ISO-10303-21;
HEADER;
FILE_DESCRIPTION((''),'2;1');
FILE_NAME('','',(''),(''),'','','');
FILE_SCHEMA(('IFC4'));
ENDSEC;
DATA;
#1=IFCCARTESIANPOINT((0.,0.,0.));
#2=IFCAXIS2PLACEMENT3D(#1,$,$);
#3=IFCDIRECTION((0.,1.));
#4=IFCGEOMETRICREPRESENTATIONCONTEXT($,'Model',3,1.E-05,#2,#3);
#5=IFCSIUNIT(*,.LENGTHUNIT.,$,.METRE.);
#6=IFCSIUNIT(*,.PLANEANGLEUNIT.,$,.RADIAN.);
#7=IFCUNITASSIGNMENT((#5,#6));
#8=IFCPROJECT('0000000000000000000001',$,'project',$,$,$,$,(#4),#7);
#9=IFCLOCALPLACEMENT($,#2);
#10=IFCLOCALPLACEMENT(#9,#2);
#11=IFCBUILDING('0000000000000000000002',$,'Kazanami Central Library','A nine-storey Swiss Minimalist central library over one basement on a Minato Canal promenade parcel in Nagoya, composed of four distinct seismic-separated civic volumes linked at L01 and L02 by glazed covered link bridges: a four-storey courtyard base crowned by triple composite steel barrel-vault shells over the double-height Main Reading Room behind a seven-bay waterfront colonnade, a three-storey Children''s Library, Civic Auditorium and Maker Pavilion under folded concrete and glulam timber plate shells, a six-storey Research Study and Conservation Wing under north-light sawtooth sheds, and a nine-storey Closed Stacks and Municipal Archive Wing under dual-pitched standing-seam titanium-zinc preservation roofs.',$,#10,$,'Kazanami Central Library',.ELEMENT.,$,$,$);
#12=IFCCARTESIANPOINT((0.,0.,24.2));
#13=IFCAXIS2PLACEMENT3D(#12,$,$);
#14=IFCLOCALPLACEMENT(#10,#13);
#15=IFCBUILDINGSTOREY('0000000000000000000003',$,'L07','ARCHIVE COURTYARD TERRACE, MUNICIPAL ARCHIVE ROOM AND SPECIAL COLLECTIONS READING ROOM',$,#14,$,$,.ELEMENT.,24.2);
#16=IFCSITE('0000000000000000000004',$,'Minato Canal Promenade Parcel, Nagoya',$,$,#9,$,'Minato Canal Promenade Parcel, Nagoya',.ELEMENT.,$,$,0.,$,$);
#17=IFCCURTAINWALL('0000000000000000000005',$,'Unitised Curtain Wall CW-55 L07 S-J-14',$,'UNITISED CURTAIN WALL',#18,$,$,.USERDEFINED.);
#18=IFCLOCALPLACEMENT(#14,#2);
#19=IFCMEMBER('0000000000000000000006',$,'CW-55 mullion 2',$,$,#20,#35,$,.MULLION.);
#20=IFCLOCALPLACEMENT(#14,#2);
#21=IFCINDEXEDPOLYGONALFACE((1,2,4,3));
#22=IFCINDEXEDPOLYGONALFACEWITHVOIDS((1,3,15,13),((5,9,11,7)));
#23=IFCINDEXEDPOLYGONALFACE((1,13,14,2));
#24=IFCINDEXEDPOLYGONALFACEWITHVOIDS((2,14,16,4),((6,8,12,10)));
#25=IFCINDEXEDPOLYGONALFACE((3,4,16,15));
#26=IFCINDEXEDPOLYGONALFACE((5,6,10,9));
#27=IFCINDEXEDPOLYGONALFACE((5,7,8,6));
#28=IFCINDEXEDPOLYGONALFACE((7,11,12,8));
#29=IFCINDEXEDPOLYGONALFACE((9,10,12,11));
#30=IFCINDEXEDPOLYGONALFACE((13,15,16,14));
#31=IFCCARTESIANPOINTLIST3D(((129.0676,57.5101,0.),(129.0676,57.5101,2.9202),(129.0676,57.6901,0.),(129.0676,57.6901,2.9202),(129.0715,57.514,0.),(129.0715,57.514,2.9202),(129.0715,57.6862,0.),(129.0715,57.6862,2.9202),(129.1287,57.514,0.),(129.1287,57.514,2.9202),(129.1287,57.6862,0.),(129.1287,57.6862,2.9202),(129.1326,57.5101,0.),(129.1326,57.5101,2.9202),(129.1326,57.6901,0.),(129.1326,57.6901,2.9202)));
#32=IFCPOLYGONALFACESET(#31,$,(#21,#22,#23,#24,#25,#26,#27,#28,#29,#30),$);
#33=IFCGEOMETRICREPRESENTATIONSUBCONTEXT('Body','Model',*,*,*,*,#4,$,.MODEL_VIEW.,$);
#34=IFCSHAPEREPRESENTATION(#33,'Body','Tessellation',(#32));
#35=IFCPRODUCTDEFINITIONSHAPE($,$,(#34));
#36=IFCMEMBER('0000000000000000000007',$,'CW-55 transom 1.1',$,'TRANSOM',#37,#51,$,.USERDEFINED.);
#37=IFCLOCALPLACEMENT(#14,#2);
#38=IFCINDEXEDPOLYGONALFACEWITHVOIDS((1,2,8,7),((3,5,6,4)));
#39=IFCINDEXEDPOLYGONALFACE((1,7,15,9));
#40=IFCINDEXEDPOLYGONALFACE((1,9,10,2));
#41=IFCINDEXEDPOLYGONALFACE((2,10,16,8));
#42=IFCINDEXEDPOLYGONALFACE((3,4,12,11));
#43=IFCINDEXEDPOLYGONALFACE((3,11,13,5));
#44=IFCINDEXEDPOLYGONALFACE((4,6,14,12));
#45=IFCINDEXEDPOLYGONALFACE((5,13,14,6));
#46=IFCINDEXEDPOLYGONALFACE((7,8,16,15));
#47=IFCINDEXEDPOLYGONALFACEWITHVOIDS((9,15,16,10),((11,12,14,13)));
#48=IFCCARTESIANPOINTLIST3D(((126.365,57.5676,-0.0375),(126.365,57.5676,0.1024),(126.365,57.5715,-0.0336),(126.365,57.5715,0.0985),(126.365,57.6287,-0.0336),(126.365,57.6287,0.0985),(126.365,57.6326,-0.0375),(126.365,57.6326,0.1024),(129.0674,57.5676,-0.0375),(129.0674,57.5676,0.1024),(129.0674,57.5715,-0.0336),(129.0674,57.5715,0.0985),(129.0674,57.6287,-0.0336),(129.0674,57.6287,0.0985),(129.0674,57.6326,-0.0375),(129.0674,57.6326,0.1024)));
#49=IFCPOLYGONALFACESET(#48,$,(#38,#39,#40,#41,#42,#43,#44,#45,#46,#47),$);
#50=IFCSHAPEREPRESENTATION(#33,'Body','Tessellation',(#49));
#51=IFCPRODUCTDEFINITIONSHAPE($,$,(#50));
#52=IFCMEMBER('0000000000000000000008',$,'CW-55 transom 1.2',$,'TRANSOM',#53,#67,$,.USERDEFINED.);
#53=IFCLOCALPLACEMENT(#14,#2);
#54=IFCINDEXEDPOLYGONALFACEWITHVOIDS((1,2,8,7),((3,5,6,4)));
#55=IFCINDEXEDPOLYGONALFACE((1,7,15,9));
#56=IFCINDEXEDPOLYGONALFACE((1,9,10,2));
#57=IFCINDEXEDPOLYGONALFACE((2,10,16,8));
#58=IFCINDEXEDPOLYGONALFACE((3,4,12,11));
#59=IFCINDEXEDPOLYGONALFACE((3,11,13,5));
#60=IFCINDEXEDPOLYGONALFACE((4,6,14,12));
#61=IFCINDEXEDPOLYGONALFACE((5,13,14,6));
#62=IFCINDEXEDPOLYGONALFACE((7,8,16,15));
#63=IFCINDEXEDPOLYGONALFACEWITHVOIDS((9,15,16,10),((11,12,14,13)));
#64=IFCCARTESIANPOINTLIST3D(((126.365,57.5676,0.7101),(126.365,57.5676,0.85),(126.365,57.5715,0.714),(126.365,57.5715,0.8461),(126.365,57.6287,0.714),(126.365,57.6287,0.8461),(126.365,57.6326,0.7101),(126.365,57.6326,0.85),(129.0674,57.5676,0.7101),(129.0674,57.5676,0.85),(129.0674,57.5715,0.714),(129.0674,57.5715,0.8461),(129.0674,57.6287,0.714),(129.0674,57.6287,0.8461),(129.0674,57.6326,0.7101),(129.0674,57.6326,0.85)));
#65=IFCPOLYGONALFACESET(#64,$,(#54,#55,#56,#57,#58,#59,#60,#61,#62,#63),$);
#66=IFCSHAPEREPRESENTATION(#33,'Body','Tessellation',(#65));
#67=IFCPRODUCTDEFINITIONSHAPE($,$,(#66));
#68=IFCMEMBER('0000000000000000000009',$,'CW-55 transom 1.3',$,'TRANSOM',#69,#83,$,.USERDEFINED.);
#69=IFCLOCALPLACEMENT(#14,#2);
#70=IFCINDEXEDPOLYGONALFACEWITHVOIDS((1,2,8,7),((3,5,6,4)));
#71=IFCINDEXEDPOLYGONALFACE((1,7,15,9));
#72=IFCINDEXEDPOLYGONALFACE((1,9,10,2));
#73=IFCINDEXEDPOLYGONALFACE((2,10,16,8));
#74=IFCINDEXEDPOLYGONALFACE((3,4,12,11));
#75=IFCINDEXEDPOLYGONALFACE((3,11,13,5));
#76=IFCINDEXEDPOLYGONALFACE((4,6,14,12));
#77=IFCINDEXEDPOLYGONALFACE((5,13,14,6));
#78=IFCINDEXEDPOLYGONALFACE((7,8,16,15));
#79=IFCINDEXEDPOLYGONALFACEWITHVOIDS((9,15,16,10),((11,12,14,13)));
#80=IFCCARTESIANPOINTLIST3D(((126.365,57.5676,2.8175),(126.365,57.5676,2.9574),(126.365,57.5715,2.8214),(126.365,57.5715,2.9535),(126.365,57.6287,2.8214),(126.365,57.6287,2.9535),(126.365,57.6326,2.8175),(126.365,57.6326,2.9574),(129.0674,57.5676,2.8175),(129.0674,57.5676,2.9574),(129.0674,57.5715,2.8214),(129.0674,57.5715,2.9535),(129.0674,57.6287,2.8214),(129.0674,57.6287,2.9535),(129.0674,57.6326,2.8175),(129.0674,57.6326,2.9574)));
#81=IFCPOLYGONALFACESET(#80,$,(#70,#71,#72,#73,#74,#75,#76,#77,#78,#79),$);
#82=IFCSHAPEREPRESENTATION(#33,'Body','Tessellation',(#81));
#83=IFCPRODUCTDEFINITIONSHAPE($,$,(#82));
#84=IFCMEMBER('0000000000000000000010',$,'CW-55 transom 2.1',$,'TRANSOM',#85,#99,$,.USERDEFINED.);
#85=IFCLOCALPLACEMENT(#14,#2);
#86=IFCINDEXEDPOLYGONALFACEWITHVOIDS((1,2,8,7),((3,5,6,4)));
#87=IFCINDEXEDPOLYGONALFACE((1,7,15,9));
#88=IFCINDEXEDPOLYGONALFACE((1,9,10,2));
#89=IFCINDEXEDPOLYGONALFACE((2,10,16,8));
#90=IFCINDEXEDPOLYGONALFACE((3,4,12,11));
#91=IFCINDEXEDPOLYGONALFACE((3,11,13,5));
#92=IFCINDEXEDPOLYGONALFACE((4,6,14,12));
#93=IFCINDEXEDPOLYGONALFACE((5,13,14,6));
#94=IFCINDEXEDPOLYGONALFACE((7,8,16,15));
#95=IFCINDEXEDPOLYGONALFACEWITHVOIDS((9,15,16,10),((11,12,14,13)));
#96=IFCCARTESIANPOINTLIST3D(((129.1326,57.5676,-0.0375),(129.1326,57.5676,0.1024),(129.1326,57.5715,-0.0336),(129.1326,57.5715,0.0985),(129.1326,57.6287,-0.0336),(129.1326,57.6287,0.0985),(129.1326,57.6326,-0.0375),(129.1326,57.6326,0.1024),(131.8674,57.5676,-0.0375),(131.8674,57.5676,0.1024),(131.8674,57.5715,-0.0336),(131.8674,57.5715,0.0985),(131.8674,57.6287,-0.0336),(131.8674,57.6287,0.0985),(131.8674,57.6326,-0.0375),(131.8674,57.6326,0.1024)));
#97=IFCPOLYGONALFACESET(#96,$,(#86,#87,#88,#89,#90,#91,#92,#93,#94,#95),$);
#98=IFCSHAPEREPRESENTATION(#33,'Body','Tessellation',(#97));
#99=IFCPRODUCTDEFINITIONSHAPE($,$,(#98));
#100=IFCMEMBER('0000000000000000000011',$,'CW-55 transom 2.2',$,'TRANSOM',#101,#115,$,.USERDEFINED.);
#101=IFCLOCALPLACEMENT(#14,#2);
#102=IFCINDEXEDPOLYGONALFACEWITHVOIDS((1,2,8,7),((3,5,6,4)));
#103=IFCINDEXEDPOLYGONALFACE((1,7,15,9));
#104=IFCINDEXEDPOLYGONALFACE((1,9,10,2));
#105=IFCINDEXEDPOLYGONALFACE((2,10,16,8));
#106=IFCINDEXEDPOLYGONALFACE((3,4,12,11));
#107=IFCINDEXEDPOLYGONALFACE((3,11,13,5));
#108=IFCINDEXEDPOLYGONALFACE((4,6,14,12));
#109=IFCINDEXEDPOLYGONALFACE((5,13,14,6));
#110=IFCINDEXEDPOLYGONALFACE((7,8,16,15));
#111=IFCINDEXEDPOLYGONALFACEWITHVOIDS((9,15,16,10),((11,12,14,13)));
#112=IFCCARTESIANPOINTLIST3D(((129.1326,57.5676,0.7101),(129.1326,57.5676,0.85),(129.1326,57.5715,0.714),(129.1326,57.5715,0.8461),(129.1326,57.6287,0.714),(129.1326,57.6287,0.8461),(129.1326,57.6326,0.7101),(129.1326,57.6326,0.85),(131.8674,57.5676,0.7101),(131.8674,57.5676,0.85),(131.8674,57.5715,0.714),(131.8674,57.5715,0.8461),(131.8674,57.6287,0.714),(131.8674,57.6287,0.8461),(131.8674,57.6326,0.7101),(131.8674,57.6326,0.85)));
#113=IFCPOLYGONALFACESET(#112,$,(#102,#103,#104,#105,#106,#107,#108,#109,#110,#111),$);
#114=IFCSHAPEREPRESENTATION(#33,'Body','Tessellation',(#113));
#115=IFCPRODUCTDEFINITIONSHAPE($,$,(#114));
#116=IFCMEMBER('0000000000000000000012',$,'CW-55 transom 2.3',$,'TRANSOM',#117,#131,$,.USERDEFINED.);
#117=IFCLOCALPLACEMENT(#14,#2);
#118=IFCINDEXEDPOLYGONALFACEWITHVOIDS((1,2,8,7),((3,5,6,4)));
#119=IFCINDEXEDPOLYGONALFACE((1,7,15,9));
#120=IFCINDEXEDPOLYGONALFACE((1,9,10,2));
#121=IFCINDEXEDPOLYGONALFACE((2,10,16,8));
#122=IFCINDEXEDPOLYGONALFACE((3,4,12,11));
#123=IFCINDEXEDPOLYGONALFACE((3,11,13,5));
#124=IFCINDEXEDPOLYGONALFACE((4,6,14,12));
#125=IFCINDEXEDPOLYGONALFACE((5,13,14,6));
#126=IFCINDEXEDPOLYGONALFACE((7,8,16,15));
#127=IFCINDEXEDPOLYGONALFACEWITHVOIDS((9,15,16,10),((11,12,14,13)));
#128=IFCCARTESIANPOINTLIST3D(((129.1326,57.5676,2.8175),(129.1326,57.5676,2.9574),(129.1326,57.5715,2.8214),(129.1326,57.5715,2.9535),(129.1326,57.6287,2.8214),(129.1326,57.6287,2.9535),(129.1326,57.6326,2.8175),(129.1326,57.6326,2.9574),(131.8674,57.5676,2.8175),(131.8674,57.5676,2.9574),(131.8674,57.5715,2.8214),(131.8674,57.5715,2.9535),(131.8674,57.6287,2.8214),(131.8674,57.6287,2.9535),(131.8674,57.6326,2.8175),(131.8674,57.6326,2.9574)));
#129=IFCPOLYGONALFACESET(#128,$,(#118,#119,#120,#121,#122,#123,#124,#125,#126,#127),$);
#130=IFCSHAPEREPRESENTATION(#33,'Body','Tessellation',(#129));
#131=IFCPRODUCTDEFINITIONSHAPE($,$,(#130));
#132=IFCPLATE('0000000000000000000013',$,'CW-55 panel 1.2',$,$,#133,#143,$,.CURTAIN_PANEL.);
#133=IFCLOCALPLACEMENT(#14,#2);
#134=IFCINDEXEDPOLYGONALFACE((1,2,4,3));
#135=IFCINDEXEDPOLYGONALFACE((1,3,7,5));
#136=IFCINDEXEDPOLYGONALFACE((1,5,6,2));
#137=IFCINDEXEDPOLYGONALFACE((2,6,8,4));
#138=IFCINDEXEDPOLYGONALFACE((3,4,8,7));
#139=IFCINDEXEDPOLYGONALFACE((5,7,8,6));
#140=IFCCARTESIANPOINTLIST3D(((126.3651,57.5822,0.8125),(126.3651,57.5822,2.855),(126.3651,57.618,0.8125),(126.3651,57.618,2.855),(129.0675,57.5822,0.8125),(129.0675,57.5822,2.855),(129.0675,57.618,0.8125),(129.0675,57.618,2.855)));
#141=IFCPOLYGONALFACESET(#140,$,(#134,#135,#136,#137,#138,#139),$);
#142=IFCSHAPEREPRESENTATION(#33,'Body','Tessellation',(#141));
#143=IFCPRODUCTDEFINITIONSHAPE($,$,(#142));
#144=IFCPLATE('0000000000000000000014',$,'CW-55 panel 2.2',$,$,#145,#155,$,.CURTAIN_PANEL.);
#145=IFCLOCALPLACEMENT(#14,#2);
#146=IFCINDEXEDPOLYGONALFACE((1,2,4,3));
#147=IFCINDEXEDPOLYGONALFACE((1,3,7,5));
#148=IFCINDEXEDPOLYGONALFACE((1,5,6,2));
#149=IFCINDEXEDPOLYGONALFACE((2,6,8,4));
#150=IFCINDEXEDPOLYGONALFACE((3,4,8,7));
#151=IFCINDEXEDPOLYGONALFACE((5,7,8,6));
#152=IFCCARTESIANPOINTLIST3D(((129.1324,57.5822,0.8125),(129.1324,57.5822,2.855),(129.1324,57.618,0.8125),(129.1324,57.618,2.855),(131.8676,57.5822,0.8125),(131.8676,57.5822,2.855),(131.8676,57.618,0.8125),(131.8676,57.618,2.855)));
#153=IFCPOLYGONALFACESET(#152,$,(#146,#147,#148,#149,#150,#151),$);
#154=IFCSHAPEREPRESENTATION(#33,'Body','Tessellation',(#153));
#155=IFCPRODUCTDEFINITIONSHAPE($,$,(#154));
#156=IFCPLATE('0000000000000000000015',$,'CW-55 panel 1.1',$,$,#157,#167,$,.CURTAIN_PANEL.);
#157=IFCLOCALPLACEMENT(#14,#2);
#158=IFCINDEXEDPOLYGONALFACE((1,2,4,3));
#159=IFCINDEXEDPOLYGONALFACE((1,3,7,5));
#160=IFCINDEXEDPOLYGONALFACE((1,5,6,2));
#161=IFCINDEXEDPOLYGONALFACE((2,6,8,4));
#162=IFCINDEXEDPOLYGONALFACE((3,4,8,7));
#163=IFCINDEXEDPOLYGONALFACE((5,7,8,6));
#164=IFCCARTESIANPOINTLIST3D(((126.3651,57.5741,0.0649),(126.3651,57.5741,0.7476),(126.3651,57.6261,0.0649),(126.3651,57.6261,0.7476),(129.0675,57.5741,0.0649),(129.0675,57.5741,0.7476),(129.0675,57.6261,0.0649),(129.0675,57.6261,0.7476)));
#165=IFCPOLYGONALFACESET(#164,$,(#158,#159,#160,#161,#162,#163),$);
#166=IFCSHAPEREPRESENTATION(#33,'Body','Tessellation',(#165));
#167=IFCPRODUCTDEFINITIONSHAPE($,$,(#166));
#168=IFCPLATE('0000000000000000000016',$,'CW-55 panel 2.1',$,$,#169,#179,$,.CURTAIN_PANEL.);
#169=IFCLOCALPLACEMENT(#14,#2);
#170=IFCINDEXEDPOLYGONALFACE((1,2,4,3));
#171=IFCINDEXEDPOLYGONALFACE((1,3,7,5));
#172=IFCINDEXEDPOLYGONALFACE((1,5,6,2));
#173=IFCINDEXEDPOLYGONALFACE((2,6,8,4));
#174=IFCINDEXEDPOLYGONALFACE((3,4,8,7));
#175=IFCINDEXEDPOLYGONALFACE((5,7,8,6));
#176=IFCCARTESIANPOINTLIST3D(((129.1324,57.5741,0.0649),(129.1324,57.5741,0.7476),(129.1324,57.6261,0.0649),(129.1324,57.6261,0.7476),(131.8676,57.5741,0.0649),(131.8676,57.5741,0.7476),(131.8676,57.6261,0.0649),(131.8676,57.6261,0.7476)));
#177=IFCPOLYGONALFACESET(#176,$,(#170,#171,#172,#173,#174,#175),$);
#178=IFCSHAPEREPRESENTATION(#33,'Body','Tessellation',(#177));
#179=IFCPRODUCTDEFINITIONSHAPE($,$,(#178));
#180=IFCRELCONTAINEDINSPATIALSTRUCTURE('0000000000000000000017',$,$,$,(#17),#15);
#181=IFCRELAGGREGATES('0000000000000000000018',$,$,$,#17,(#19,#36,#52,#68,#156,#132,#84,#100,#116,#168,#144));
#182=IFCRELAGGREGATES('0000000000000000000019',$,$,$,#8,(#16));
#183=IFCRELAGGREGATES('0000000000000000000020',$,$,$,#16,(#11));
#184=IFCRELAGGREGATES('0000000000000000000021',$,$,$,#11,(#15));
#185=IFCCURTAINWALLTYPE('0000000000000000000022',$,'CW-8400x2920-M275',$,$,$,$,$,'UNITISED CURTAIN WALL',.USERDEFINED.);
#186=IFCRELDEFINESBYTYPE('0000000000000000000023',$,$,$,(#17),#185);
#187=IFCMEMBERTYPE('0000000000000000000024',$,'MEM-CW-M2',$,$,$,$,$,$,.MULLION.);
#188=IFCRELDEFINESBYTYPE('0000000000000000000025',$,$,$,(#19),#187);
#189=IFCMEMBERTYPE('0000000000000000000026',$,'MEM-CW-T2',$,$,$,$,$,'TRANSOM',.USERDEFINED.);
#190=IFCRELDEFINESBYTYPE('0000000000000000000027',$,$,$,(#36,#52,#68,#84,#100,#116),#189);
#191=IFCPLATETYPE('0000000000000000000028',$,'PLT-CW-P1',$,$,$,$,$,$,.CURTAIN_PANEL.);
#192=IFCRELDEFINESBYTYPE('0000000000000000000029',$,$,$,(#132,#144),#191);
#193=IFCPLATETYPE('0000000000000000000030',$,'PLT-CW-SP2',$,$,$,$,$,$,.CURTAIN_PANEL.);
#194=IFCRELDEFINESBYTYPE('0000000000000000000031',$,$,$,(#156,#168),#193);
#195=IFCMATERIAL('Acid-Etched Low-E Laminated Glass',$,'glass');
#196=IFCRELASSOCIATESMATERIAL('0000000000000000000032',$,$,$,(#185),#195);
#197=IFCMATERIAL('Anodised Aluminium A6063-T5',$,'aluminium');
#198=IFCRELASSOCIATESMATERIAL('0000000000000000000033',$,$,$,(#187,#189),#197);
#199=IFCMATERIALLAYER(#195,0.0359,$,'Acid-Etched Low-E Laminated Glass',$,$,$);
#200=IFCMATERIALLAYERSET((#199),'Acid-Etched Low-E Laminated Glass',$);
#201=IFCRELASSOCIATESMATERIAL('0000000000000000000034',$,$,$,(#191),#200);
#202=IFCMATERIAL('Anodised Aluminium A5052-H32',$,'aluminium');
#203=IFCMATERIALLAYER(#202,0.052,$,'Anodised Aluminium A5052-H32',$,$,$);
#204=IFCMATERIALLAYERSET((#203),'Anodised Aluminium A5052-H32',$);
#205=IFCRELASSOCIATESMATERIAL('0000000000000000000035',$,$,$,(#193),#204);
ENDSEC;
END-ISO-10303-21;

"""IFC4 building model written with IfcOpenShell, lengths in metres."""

from ifc_helpers import new_model, si_unit, direction, frame, origin, origin_2d, place, context, subcontext, project, spatial, rectangle, hollow_rectangle, extrude, material, layer, layer_set, material_profile, profile_set, type_object, element, aggregate, save


model = new_model("IFC4")

# Units and contexts
model_context = context("Model", 3, precision=1e-05, world=origin(), true_north=direction((0.0, 1.0)))
body_context = subcontext(model_context, "Body", "Model", "MODEL_VIEW")
ifc_project = project(units=[si_unit("LENGTHUNIT", "METRE"), si_unit("PLANEANGLEUNIT", "RADIAN")], contexts=[model_context])

# Site, building, storey
site_placement = place(None, origin())
site = spatial("IfcSite", under=ifc_project, at=site_placement, Name="Minato Canal Promenade Parcel, Nagoya", LongName="Minato Canal Promenade Parcel, Nagoya", CompositionType="ELEMENT", RefElevation=0.0)
building_placement = place(site_placement, origin())
building = spatial("IfcBuilding", under=site, at=building_placement, Name="Kazanami Central Library", Description="A nine-storey Swiss Minimalist central library over one basement on a Minato Canal promenade parcel in Nagoya, composed of four distinct seismic-separated civic volumes linked at L01 and L02 by glazed covered link bridges: a four-storey courtyard base crowned by triple composite steel barrel-vault shells over the double-height Main Reading Room behind a seven-bay waterfront colonnade, a three-storey Children's Library, Civic Auditorium and Maker Pavilion under folded concrete and glulam timber plate shells, a six-storey Research Study and Conservation Wing under north-light sawtooth sheds, and a nine-storey Closed Stacks and Municipal Archive Wing under dual-pitched standing-seam titanium-zinc preservation roofs.", LongName="Kazanami Central Library", CompositionType="ELEMENT")
storey_placement = place(building_placement, frame((0.0, 0.0, 24.2)))
storey = spatial("IfcBuildingStorey", under=building, at=storey_placement, Name="L07", Description="ARCHIVE COURTYARD TERRACE, MUNICIPAL ARCHIVE ROOM AND SPECIAL COLLECTIONS READING ROOM", CompositionType="ELEMENT", Elevation=24.2)

# Curtain wall, members, plates
ifc_material_1 = material(Name="Acid-Etched Low-E Laminated Glass", Category="glass")
curtain_wall_type = type_object("IfcCurtainWallType", Name="CW-8400x2920-M275", ElementType="UNITISED CURTAIN WALL", PredefinedType="USERDEFINED", material=ifc_material_1)
curtain_wall_placement = place(storey_placement, origin())
curtain_wall = element("IfcCurtainWall", 1, at=curtain_wall_placement, inside=storey, type_object=curtain_wall_type, Name="Unitised Curtain Wall CW-55 L07 S-J-14", ObjectType="UNITISED CURTAIN WALL", PredefinedType="USERDEFINED")
ifc_material_2 = material(Name="Anodised Aluminium A6063-T5", Category="aluminium")
ifc_material_profile_1 = material_profile(ifc_material_2, hollow_rectangle(XDim=0.0649, YDim=0.1799, WallThickness=0.0039, at=origin_2d()), Name="ALU-MULL-65x180x4")
ifc_profile_set_1 = profile_set([ifc_material_profile_1], Name="Anodised Aluminium A6063-T5")
member_type_1 = type_object("IfcMemberType", Name="MEM-CW-M2", PredefinedType="MULLION", material=ifc_profile_set_1)
member_1_placement = place(storey_placement, frame((129.1001, 57.6001, 0.0), z_axis=(0.0, 0.0, 1.0), x_axis=(1.0, 0.0, 0.0)))
member_1 = element("IfcMember", 2, at=member_1_placement, type_object=member_type_1, Name="CW-55 mullion 2", PredefinedType="MULLION", context=body_context, shape_type="SweptSolid", body=[
    extrude(hollow_rectangle(XDim=0.0649, YDim=0.1799, WallThickness=0.0039, at=origin_2d()), origin(), (0.0, 0.0, 1.0), 2.9202),
])
ifc_material_profile_2 = material_profile(ifc_material_2, hollow_rectangle(XDim=0.0649, YDim=0.1399, WallThickness=0.0039, at=origin_2d()), Name="ALU-TRAN-65x140x4")
ifc_profile_set_2 = profile_set([ifc_material_profile_2], Name="Anodised Aluminium A6063-T5")
member_type_2 = type_object("IfcMemberType", Name="MEM-CW-T2", ElementType="TRANSOM", PredefinedType="USERDEFINED", material=ifc_profile_set_2)
member_2_placement = place(storey_placement, frame((126.365, 57.6001, 0.0325), z_axis=(1.0, 0.0, 0.0), x_axis=(0.0, 1.0, 0.0)))
member_2 = element("IfcMember", 3, at=member_2_placement, type_object=member_type_2, Name="CW-55 transom 1.1", ObjectType="TRANSOM", PredefinedType="USERDEFINED", context=body_context, shape_type="SweptSolid", body=[
    extrude(hollow_rectangle(XDim=0.0649, YDim=0.1399, WallThickness=0.0039, at=origin_2d()), origin(), (0.0, 0.0, 1.0), 2.7024),
])
member_3_placement = place(storey_placement, frame((126.365, 57.6001, 0.78), z_axis=(1.0, 0.0, 0.0), x_axis=(0.0, 1.0, 0.0)))
member_3 = element("IfcMember", 4, at=member_3_placement, type_object=member_type_2, Name="CW-55 transom 1.2", ObjectType="TRANSOM", PredefinedType="USERDEFINED", context=body_context, shape_type="SweptSolid", body=[
    extrude(hollow_rectangle(XDim=0.0649, YDim=0.1399, WallThickness=0.0039, at=origin_2d()), origin(), (0.0, 0.0, 1.0), 2.7024),
])
member_4_placement = place(storey_placement, frame((126.365, 57.6001, 2.8875), z_axis=(1.0, 0.0, 0.0), x_axis=(0.0, 1.0, 0.0)))
member_4 = element("IfcMember", 5, at=member_4_placement, type_object=member_type_2, Name="CW-55 transom 1.3", ObjectType="TRANSOM", PredefinedType="USERDEFINED", context=body_context, shape_type="SweptSolid", body=[
    extrude(hollow_rectangle(XDim=0.0649, YDim=0.1399, WallThickness=0.0039, at=origin_2d()), origin(), (0.0, 0.0, 1.0), 2.7024),
])
member_5_placement = place(storey_placement, frame((129.1326, 57.6001, 0.0325), z_axis=(1.0, 0.0, 0.0), x_axis=(0.0, 1.0, 0.0)))
member_5 = element("IfcMember", 6, at=member_5_placement, type_object=member_type_2, Name="CW-55 transom 2.1", ObjectType="TRANSOM", PredefinedType="USERDEFINED", context=body_context, shape_type="SweptSolid", body=[
    extrude(hollow_rectangle(XDim=0.0649, YDim=0.1399, WallThickness=0.0039, at=origin_2d()), origin(), (0.0, 0.0, 1.0), 2.7349),
])
member_6_placement = place(storey_placement, frame((129.1326, 57.6001, 0.78), z_axis=(1.0, 0.0, 0.0), x_axis=(0.0, 1.0, 0.0)))
member_6 = element("IfcMember", 7, at=member_6_placement, type_object=member_type_2, Name="CW-55 transom 2.2", ObjectType="TRANSOM", PredefinedType="USERDEFINED", context=body_context, shape_type="SweptSolid", body=[
    extrude(hollow_rectangle(XDim=0.0649, YDim=0.1399, WallThickness=0.0039, at=origin_2d()), origin(), (0.0, 0.0, 1.0), 2.7349),
])
member_7_placement = place(storey_placement, frame((129.1326, 57.6001, 2.8875), z_axis=(1.0, 0.0, 0.0), x_axis=(0.0, 1.0, 0.0)))
member_7 = element("IfcMember", 8, at=member_7_placement, type_object=member_type_2, Name="CW-55 transom 2.3", ObjectType="TRANSOM", PredefinedType="USERDEFINED", context=body_context, shape_type="SweptSolid", body=[
    extrude(hollow_rectangle(XDim=0.0649, YDim=0.1399, WallThickness=0.0039, at=origin_2d()), origin(), (0.0, 0.0, 1.0), 2.7349),
])
ifc_layer_1 = layer(ifc_material_1, 0.0359, Name="Acid-Etched Low-E Laminated Glass")
ifc_layer_set_1 = layer_set([ifc_layer_1], Name="Acid-Etched Low-E Laminated Glass")
plate_type_1 = type_object("IfcPlateType", Name="PLT-CW-P1", PredefinedType="CURTAIN_PANEL", material=ifc_layer_set_1)
plate_1_placement = place(storey_placement, frame((127.7163, 57.6001, 0.8125), z_axis=(0.0, 0.0, 1.0), x_axis=(1.0, 0.0, 0.0)))
plate_1 = element("IfcPlate", 9, at=plate_1_placement, type_object=plate_type_1, Name="CW-55 panel 1.2", PredefinedType="CURTAIN_PANEL", context=body_context, shape_type="SweptSolid", body=[
    extrude(rectangle(XDim=2.7024, YDim=0.0359, at=origin_2d()), origin(), (0.0, 0.0, 1.0), 2.0425),
])
plate_2_placement = place(storey_placement, frame((130.5, 57.6001, 0.8125), z_axis=(0.0, 0.0, 1.0), x_axis=(1.0, 0.0, 0.0)))
plate_2 = element("IfcPlate", 10, at=plate_2_placement, type_object=plate_type_1, Name="CW-55 panel 2.2", PredefinedType="CURTAIN_PANEL", context=body_context, shape_type="SweptSolid", body=[
    extrude(rectangle(XDim=2.7351, YDim=0.0359, at=origin_2d()), origin(), (0.0, 0.0, 1.0), 2.0425),
])
ifc_material_3 = material(Name="Anodised Aluminium A5052-H32", Category="aluminium")
ifc_layer_2 = layer(ifc_material_3, 0.052, Name="Anodised Aluminium A5052-H32")
ifc_layer_set_2 = layer_set([ifc_layer_2], Name="Anodised Aluminium A5052-H32")
plate_type_2 = type_object("IfcPlateType", Name="PLT-CW-SP2", PredefinedType="CURTAIN_PANEL", material=ifc_layer_set_2)
plate_3_placement = place(storey_placement, frame((127.7163, 57.6001, 0.0649), z_axis=(0.0, 0.0, 1.0), x_axis=(1.0, 0.0, 0.0)))
plate_3 = element("IfcPlate", 11, at=plate_3_placement, type_object=plate_type_2, Name="CW-55 panel 1.1", PredefinedType="CURTAIN_PANEL", context=body_context, shape_type="SweptSolid", body=[
    extrude(rectangle(XDim=2.7024, YDim=0.052, at=origin_2d()), origin(), (0.0, 0.0, 1.0), 0.6826),
])
plate_4_placement = place(storey_placement, frame((130.5, 57.6001, 0.0649), z_axis=(0.0, 0.0, 1.0), x_axis=(1.0, 0.0, 0.0)))
plate_4 = element("IfcPlate", 12, at=plate_4_placement, type_object=plate_type_2, Name="CW-55 panel 2.1", PredefinedType="CURTAIN_PANEL", context=body_context, shape_type="SweptSolid", body=[
    extrude(rectangle(XDim=2.7351, YDim=0.052, at=origin_2d()), origin(), (0.0, 0.0, 1.0), 0.6826),
])
aggregate(curtain_wall, [member_1, member_2, member_3, member_4, plate_3, plate_1, member_5, member_6, member_7, plate_4, plate_2])

save(model, "model.ifc")
